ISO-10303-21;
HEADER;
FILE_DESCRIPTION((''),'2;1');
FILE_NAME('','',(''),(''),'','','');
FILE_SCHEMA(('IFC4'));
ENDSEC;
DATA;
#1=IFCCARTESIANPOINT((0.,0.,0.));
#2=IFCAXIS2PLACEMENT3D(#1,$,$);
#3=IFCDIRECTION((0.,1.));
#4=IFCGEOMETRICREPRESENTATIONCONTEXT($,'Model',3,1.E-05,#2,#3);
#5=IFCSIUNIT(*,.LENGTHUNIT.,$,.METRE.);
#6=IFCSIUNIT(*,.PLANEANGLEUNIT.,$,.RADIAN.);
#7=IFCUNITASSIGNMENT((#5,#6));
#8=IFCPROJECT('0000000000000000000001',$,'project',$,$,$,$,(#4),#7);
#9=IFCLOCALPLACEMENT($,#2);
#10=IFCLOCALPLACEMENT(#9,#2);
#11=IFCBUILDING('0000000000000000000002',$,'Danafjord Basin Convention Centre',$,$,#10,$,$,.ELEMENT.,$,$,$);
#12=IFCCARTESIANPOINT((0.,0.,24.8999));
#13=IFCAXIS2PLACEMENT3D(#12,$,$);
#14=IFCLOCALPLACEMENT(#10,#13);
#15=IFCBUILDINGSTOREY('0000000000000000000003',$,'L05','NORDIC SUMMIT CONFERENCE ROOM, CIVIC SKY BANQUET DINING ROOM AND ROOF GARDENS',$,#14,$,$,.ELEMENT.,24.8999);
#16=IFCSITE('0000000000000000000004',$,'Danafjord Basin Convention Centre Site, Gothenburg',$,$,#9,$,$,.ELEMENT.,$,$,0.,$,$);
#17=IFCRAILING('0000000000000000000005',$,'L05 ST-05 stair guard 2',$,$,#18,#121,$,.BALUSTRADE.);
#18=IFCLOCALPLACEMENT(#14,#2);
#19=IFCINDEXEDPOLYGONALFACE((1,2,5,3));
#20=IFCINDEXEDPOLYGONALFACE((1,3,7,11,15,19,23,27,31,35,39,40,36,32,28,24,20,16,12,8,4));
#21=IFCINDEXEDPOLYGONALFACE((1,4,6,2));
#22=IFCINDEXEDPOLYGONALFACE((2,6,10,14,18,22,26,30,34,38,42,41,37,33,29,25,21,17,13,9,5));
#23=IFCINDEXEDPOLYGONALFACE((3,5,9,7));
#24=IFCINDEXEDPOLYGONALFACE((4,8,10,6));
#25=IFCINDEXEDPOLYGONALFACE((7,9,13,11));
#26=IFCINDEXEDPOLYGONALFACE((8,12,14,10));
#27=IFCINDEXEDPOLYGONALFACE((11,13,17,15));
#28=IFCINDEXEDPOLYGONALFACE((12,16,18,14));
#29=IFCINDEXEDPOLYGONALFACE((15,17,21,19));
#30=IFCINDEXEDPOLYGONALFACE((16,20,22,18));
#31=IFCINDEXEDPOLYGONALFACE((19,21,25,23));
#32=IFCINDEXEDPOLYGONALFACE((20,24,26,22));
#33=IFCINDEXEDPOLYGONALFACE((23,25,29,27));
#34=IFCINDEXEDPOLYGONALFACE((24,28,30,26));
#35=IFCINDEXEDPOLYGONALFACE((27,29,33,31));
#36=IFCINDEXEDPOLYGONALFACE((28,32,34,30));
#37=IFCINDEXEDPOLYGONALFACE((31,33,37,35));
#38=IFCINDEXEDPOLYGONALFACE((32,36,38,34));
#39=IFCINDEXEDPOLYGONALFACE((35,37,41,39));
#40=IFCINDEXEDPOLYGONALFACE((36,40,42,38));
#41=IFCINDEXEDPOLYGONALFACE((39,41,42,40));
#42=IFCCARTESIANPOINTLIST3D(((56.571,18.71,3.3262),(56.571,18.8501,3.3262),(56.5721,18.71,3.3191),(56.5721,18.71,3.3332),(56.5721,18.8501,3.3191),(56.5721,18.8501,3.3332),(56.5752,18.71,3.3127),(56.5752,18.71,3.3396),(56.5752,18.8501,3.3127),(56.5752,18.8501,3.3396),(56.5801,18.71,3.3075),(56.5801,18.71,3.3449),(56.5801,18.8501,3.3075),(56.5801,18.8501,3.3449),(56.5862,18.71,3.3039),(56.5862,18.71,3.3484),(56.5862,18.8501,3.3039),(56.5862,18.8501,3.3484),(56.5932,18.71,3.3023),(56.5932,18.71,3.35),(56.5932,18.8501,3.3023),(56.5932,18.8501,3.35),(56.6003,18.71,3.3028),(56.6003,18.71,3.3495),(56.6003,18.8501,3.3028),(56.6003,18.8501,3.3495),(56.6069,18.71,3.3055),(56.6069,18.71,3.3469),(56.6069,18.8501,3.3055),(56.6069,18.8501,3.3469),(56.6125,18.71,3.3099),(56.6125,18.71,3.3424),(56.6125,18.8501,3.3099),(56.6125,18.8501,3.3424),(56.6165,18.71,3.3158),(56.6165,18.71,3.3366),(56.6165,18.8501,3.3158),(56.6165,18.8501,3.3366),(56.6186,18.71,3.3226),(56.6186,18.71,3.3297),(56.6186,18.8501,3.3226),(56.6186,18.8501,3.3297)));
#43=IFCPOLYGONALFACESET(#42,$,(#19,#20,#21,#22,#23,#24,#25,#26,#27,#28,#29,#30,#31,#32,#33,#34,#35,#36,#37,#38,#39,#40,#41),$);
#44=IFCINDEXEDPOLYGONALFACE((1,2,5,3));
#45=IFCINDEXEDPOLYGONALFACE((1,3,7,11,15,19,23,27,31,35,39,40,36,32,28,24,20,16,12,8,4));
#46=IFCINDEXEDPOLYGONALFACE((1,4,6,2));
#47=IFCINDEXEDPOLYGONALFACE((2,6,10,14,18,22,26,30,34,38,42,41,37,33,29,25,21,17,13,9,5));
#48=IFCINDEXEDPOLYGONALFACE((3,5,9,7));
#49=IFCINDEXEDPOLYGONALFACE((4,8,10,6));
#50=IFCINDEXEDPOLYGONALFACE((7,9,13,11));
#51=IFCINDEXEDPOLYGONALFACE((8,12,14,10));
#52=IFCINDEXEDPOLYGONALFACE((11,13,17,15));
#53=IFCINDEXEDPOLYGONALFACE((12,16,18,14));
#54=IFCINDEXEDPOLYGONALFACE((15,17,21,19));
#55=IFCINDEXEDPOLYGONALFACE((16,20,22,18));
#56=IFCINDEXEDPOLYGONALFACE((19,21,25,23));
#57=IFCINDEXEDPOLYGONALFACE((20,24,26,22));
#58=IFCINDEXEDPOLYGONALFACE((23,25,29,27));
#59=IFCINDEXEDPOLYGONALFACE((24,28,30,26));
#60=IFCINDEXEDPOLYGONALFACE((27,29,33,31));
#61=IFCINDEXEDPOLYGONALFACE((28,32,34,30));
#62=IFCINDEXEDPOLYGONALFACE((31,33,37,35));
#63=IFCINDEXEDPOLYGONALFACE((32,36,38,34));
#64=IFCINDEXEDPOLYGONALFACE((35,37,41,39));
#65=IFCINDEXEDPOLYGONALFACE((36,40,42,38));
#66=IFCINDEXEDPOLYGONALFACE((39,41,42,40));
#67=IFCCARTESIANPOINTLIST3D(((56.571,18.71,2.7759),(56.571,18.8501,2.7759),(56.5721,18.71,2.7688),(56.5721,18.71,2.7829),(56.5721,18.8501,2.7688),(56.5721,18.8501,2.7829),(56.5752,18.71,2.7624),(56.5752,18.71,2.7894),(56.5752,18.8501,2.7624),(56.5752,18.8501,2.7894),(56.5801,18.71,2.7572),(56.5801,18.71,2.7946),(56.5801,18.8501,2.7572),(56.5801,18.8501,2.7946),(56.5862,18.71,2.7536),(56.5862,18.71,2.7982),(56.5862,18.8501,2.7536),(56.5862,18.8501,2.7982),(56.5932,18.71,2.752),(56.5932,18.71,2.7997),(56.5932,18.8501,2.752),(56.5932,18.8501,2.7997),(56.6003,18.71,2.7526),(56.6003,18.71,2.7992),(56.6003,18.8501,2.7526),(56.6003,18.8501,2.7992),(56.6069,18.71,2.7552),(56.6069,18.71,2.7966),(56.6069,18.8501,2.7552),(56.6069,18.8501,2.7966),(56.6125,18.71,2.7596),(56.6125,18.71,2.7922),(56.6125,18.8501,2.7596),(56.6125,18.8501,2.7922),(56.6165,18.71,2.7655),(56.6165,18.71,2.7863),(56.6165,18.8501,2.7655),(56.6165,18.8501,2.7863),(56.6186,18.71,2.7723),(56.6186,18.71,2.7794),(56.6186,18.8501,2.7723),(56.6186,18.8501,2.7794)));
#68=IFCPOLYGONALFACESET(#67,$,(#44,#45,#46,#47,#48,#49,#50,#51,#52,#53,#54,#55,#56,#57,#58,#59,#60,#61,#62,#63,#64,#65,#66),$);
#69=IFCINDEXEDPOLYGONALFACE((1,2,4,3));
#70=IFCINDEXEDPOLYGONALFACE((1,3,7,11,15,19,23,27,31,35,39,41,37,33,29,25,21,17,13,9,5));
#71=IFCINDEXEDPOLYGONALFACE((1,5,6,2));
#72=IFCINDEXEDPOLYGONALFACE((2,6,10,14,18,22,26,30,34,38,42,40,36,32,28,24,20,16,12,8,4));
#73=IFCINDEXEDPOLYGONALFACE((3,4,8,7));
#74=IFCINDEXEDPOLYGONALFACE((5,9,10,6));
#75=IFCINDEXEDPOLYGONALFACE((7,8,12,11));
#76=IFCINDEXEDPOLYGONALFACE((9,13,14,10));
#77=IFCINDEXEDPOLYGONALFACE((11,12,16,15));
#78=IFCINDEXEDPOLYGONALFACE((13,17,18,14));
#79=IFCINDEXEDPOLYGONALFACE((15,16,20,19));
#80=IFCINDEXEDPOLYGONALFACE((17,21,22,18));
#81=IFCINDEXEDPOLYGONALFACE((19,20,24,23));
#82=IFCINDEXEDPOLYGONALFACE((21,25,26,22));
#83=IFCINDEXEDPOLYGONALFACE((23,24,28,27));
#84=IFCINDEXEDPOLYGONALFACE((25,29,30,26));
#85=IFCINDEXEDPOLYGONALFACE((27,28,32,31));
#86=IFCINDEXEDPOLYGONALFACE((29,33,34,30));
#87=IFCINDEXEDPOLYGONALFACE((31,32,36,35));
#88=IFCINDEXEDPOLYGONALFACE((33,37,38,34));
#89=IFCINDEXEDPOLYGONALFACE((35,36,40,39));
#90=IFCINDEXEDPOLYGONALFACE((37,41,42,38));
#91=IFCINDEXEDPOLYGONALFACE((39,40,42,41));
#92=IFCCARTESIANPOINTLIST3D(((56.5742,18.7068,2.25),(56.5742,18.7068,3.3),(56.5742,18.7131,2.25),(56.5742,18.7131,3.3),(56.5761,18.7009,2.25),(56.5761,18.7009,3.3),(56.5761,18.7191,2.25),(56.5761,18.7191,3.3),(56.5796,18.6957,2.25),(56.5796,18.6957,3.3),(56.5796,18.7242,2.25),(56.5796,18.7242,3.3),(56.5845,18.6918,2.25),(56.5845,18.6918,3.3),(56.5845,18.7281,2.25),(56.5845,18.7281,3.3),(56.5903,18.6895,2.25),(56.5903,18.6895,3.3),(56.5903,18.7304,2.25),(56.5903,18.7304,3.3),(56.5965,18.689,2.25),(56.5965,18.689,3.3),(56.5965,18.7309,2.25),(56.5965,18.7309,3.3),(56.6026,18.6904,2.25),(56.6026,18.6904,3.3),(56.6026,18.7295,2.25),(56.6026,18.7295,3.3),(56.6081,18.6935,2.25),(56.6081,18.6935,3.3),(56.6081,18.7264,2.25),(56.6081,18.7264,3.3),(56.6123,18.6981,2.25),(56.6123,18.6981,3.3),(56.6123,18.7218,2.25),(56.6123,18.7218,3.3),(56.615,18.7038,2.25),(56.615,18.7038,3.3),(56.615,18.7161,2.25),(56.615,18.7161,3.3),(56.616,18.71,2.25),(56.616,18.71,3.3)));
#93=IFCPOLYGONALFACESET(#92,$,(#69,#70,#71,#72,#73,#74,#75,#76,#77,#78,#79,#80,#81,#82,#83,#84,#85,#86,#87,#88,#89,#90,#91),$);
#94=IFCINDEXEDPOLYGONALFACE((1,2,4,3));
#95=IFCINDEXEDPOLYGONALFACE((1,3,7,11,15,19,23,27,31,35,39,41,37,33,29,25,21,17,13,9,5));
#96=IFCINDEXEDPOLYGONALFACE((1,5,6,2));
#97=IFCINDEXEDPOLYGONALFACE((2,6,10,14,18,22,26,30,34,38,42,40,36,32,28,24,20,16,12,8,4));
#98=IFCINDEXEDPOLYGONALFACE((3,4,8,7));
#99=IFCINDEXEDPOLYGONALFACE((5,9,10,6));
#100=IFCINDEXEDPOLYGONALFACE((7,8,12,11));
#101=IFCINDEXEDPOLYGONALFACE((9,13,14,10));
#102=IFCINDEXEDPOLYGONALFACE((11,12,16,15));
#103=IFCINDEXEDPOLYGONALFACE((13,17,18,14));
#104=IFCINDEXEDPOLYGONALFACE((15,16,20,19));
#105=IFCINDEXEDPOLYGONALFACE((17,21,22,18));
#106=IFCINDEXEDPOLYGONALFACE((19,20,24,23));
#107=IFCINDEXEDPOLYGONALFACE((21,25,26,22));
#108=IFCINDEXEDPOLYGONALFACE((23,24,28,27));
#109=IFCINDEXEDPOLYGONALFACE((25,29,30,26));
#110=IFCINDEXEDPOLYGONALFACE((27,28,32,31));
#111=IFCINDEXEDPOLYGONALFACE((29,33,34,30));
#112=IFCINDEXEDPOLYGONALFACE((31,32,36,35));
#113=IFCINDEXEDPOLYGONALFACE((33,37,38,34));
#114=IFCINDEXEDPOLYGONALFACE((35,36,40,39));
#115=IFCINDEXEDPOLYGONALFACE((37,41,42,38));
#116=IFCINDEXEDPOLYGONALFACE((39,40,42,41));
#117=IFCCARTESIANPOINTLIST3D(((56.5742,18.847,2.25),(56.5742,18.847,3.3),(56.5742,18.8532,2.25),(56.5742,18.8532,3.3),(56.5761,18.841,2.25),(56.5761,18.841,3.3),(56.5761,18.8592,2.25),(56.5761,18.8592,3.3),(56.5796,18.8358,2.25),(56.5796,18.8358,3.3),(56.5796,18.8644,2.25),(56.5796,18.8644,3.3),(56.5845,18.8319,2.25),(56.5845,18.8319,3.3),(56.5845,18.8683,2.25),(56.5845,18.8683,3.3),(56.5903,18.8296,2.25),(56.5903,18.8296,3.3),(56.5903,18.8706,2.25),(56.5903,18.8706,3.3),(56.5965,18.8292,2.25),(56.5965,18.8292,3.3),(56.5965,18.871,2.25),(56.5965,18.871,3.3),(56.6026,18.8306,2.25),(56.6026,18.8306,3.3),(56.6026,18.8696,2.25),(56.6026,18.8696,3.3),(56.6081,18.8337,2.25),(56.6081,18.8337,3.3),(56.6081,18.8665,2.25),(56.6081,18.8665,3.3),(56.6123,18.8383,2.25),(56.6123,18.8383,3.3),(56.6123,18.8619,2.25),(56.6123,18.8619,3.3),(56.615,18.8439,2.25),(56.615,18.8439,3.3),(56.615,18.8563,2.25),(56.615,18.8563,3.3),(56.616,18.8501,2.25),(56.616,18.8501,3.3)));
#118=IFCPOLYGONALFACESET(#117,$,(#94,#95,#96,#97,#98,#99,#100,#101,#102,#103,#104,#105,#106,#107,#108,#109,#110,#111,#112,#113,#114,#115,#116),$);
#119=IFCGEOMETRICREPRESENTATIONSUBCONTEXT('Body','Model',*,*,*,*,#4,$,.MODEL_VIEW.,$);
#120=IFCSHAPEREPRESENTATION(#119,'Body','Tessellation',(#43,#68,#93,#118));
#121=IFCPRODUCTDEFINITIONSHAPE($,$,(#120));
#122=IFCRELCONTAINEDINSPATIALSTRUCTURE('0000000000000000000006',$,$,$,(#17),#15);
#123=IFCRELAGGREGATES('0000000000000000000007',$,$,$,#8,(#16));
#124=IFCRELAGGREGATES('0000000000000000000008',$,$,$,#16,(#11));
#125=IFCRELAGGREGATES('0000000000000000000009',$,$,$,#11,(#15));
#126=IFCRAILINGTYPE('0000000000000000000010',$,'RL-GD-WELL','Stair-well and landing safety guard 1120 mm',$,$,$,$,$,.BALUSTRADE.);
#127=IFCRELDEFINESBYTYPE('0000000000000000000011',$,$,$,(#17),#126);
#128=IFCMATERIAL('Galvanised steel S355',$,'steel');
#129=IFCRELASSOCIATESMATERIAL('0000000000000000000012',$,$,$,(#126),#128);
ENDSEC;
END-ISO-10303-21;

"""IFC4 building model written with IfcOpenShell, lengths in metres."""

from ifc_helpers import new_model, si_unit, direction, frame, origin, origin_2d, place, context, subcontext, project, spatial, circle, extrude, material, type_object, element, save


model = new_model("IFC4")

# Units and contexts
model_context = context("Model", 3, precision=1e-05, world=origin(), true_north=direction((0.0, 1.0)))
body_context = subcontext(model_context, "Body", "Model", "MODEL_VIEW")
ifc_project = project(units=[si_unit("LENGTHUNIT", "METRE"), si_unit("PLANEANGLEUNIT", "RADIAN")], contexts=[model_context])

# Site, building, storey
site_placement = place(None, origin())
site = spatial("IfcSite", under=ifc_project, at=site_placement, Name="Danafjord Basin Convention Centre Site, Gothenburg", CompositionType="ELEMENT", RefElevation=0.0)
building_placement = place(site_placement, origin())
building = spatial("IfcBuilding", under=site, at=building_placement, Name="Danafjord Basin Convention Centre", CompositionType="ELEMENT")
storey_placement = place(building_placement, frame((0.0, 0.0, 24.8999)))
storey = spatial("IfcBuildingStorey", under=building, at=storey_placement, Name="L05", Description="NORDIC SUMMIT CONFERENCE ROOM, CIVIC SKY BANQUET DINING ROOM AND ROOF GARDENS", CompositionType="ELEMENT", Elevation=24.8999)

# Railing
ifc_material_1 = material(Name="Galvanised steel S355", Category="steel")
railing_type_1 = type_object("IfcRailingType", Name="RL-GD-WELL", Description="Stair-well and landing safety guard 1120 mm", PredefinedType="BALUSTRADE", material=ifc_material_1)
railing_1_placement = place(storey_placement, frame((56.595, 18.71, 2.25)))
element("IfcRailing", 1, at=railing_1_placement, inside=storey, type_object=railing_type_1, Name="L05 ST-05 stair guard 2", PredefinedType="BALUSTRADE", context=body_context, shape_type="SweptSolid", body=[
    extrude(circle(Radius=0.0239, at=origin_2d()), frame((0.0, 0.0, 1.0762), z_axis=(0.0, 1.0, 0.0), x_axis=(-1.0, 0.0, 0.0)), (0.0, 0.0, 1.0), 0.1401),
    extrude(circle(Radius=0.0239, at=origin_2d()), frame((0.0, 0.0, 0.5259), z_axis=(0.0, 1.0, 0.0), x_axis=(-1.0, 0.0, 0.0)), (0.0, 0.0, 1.0), 0.1401),
    extrude(circle(Radius=0.021, at=origin_2d()), origin(), (0.0, 0.0, 1.0), 1.05),
    extrude(circle(Radius=0.021, at=origin_2d()), frame((0.0, 0.1401, 0.0)), (0.0, 0.0, 1.0), 1.05),
])

save(model, "model.ifc")
